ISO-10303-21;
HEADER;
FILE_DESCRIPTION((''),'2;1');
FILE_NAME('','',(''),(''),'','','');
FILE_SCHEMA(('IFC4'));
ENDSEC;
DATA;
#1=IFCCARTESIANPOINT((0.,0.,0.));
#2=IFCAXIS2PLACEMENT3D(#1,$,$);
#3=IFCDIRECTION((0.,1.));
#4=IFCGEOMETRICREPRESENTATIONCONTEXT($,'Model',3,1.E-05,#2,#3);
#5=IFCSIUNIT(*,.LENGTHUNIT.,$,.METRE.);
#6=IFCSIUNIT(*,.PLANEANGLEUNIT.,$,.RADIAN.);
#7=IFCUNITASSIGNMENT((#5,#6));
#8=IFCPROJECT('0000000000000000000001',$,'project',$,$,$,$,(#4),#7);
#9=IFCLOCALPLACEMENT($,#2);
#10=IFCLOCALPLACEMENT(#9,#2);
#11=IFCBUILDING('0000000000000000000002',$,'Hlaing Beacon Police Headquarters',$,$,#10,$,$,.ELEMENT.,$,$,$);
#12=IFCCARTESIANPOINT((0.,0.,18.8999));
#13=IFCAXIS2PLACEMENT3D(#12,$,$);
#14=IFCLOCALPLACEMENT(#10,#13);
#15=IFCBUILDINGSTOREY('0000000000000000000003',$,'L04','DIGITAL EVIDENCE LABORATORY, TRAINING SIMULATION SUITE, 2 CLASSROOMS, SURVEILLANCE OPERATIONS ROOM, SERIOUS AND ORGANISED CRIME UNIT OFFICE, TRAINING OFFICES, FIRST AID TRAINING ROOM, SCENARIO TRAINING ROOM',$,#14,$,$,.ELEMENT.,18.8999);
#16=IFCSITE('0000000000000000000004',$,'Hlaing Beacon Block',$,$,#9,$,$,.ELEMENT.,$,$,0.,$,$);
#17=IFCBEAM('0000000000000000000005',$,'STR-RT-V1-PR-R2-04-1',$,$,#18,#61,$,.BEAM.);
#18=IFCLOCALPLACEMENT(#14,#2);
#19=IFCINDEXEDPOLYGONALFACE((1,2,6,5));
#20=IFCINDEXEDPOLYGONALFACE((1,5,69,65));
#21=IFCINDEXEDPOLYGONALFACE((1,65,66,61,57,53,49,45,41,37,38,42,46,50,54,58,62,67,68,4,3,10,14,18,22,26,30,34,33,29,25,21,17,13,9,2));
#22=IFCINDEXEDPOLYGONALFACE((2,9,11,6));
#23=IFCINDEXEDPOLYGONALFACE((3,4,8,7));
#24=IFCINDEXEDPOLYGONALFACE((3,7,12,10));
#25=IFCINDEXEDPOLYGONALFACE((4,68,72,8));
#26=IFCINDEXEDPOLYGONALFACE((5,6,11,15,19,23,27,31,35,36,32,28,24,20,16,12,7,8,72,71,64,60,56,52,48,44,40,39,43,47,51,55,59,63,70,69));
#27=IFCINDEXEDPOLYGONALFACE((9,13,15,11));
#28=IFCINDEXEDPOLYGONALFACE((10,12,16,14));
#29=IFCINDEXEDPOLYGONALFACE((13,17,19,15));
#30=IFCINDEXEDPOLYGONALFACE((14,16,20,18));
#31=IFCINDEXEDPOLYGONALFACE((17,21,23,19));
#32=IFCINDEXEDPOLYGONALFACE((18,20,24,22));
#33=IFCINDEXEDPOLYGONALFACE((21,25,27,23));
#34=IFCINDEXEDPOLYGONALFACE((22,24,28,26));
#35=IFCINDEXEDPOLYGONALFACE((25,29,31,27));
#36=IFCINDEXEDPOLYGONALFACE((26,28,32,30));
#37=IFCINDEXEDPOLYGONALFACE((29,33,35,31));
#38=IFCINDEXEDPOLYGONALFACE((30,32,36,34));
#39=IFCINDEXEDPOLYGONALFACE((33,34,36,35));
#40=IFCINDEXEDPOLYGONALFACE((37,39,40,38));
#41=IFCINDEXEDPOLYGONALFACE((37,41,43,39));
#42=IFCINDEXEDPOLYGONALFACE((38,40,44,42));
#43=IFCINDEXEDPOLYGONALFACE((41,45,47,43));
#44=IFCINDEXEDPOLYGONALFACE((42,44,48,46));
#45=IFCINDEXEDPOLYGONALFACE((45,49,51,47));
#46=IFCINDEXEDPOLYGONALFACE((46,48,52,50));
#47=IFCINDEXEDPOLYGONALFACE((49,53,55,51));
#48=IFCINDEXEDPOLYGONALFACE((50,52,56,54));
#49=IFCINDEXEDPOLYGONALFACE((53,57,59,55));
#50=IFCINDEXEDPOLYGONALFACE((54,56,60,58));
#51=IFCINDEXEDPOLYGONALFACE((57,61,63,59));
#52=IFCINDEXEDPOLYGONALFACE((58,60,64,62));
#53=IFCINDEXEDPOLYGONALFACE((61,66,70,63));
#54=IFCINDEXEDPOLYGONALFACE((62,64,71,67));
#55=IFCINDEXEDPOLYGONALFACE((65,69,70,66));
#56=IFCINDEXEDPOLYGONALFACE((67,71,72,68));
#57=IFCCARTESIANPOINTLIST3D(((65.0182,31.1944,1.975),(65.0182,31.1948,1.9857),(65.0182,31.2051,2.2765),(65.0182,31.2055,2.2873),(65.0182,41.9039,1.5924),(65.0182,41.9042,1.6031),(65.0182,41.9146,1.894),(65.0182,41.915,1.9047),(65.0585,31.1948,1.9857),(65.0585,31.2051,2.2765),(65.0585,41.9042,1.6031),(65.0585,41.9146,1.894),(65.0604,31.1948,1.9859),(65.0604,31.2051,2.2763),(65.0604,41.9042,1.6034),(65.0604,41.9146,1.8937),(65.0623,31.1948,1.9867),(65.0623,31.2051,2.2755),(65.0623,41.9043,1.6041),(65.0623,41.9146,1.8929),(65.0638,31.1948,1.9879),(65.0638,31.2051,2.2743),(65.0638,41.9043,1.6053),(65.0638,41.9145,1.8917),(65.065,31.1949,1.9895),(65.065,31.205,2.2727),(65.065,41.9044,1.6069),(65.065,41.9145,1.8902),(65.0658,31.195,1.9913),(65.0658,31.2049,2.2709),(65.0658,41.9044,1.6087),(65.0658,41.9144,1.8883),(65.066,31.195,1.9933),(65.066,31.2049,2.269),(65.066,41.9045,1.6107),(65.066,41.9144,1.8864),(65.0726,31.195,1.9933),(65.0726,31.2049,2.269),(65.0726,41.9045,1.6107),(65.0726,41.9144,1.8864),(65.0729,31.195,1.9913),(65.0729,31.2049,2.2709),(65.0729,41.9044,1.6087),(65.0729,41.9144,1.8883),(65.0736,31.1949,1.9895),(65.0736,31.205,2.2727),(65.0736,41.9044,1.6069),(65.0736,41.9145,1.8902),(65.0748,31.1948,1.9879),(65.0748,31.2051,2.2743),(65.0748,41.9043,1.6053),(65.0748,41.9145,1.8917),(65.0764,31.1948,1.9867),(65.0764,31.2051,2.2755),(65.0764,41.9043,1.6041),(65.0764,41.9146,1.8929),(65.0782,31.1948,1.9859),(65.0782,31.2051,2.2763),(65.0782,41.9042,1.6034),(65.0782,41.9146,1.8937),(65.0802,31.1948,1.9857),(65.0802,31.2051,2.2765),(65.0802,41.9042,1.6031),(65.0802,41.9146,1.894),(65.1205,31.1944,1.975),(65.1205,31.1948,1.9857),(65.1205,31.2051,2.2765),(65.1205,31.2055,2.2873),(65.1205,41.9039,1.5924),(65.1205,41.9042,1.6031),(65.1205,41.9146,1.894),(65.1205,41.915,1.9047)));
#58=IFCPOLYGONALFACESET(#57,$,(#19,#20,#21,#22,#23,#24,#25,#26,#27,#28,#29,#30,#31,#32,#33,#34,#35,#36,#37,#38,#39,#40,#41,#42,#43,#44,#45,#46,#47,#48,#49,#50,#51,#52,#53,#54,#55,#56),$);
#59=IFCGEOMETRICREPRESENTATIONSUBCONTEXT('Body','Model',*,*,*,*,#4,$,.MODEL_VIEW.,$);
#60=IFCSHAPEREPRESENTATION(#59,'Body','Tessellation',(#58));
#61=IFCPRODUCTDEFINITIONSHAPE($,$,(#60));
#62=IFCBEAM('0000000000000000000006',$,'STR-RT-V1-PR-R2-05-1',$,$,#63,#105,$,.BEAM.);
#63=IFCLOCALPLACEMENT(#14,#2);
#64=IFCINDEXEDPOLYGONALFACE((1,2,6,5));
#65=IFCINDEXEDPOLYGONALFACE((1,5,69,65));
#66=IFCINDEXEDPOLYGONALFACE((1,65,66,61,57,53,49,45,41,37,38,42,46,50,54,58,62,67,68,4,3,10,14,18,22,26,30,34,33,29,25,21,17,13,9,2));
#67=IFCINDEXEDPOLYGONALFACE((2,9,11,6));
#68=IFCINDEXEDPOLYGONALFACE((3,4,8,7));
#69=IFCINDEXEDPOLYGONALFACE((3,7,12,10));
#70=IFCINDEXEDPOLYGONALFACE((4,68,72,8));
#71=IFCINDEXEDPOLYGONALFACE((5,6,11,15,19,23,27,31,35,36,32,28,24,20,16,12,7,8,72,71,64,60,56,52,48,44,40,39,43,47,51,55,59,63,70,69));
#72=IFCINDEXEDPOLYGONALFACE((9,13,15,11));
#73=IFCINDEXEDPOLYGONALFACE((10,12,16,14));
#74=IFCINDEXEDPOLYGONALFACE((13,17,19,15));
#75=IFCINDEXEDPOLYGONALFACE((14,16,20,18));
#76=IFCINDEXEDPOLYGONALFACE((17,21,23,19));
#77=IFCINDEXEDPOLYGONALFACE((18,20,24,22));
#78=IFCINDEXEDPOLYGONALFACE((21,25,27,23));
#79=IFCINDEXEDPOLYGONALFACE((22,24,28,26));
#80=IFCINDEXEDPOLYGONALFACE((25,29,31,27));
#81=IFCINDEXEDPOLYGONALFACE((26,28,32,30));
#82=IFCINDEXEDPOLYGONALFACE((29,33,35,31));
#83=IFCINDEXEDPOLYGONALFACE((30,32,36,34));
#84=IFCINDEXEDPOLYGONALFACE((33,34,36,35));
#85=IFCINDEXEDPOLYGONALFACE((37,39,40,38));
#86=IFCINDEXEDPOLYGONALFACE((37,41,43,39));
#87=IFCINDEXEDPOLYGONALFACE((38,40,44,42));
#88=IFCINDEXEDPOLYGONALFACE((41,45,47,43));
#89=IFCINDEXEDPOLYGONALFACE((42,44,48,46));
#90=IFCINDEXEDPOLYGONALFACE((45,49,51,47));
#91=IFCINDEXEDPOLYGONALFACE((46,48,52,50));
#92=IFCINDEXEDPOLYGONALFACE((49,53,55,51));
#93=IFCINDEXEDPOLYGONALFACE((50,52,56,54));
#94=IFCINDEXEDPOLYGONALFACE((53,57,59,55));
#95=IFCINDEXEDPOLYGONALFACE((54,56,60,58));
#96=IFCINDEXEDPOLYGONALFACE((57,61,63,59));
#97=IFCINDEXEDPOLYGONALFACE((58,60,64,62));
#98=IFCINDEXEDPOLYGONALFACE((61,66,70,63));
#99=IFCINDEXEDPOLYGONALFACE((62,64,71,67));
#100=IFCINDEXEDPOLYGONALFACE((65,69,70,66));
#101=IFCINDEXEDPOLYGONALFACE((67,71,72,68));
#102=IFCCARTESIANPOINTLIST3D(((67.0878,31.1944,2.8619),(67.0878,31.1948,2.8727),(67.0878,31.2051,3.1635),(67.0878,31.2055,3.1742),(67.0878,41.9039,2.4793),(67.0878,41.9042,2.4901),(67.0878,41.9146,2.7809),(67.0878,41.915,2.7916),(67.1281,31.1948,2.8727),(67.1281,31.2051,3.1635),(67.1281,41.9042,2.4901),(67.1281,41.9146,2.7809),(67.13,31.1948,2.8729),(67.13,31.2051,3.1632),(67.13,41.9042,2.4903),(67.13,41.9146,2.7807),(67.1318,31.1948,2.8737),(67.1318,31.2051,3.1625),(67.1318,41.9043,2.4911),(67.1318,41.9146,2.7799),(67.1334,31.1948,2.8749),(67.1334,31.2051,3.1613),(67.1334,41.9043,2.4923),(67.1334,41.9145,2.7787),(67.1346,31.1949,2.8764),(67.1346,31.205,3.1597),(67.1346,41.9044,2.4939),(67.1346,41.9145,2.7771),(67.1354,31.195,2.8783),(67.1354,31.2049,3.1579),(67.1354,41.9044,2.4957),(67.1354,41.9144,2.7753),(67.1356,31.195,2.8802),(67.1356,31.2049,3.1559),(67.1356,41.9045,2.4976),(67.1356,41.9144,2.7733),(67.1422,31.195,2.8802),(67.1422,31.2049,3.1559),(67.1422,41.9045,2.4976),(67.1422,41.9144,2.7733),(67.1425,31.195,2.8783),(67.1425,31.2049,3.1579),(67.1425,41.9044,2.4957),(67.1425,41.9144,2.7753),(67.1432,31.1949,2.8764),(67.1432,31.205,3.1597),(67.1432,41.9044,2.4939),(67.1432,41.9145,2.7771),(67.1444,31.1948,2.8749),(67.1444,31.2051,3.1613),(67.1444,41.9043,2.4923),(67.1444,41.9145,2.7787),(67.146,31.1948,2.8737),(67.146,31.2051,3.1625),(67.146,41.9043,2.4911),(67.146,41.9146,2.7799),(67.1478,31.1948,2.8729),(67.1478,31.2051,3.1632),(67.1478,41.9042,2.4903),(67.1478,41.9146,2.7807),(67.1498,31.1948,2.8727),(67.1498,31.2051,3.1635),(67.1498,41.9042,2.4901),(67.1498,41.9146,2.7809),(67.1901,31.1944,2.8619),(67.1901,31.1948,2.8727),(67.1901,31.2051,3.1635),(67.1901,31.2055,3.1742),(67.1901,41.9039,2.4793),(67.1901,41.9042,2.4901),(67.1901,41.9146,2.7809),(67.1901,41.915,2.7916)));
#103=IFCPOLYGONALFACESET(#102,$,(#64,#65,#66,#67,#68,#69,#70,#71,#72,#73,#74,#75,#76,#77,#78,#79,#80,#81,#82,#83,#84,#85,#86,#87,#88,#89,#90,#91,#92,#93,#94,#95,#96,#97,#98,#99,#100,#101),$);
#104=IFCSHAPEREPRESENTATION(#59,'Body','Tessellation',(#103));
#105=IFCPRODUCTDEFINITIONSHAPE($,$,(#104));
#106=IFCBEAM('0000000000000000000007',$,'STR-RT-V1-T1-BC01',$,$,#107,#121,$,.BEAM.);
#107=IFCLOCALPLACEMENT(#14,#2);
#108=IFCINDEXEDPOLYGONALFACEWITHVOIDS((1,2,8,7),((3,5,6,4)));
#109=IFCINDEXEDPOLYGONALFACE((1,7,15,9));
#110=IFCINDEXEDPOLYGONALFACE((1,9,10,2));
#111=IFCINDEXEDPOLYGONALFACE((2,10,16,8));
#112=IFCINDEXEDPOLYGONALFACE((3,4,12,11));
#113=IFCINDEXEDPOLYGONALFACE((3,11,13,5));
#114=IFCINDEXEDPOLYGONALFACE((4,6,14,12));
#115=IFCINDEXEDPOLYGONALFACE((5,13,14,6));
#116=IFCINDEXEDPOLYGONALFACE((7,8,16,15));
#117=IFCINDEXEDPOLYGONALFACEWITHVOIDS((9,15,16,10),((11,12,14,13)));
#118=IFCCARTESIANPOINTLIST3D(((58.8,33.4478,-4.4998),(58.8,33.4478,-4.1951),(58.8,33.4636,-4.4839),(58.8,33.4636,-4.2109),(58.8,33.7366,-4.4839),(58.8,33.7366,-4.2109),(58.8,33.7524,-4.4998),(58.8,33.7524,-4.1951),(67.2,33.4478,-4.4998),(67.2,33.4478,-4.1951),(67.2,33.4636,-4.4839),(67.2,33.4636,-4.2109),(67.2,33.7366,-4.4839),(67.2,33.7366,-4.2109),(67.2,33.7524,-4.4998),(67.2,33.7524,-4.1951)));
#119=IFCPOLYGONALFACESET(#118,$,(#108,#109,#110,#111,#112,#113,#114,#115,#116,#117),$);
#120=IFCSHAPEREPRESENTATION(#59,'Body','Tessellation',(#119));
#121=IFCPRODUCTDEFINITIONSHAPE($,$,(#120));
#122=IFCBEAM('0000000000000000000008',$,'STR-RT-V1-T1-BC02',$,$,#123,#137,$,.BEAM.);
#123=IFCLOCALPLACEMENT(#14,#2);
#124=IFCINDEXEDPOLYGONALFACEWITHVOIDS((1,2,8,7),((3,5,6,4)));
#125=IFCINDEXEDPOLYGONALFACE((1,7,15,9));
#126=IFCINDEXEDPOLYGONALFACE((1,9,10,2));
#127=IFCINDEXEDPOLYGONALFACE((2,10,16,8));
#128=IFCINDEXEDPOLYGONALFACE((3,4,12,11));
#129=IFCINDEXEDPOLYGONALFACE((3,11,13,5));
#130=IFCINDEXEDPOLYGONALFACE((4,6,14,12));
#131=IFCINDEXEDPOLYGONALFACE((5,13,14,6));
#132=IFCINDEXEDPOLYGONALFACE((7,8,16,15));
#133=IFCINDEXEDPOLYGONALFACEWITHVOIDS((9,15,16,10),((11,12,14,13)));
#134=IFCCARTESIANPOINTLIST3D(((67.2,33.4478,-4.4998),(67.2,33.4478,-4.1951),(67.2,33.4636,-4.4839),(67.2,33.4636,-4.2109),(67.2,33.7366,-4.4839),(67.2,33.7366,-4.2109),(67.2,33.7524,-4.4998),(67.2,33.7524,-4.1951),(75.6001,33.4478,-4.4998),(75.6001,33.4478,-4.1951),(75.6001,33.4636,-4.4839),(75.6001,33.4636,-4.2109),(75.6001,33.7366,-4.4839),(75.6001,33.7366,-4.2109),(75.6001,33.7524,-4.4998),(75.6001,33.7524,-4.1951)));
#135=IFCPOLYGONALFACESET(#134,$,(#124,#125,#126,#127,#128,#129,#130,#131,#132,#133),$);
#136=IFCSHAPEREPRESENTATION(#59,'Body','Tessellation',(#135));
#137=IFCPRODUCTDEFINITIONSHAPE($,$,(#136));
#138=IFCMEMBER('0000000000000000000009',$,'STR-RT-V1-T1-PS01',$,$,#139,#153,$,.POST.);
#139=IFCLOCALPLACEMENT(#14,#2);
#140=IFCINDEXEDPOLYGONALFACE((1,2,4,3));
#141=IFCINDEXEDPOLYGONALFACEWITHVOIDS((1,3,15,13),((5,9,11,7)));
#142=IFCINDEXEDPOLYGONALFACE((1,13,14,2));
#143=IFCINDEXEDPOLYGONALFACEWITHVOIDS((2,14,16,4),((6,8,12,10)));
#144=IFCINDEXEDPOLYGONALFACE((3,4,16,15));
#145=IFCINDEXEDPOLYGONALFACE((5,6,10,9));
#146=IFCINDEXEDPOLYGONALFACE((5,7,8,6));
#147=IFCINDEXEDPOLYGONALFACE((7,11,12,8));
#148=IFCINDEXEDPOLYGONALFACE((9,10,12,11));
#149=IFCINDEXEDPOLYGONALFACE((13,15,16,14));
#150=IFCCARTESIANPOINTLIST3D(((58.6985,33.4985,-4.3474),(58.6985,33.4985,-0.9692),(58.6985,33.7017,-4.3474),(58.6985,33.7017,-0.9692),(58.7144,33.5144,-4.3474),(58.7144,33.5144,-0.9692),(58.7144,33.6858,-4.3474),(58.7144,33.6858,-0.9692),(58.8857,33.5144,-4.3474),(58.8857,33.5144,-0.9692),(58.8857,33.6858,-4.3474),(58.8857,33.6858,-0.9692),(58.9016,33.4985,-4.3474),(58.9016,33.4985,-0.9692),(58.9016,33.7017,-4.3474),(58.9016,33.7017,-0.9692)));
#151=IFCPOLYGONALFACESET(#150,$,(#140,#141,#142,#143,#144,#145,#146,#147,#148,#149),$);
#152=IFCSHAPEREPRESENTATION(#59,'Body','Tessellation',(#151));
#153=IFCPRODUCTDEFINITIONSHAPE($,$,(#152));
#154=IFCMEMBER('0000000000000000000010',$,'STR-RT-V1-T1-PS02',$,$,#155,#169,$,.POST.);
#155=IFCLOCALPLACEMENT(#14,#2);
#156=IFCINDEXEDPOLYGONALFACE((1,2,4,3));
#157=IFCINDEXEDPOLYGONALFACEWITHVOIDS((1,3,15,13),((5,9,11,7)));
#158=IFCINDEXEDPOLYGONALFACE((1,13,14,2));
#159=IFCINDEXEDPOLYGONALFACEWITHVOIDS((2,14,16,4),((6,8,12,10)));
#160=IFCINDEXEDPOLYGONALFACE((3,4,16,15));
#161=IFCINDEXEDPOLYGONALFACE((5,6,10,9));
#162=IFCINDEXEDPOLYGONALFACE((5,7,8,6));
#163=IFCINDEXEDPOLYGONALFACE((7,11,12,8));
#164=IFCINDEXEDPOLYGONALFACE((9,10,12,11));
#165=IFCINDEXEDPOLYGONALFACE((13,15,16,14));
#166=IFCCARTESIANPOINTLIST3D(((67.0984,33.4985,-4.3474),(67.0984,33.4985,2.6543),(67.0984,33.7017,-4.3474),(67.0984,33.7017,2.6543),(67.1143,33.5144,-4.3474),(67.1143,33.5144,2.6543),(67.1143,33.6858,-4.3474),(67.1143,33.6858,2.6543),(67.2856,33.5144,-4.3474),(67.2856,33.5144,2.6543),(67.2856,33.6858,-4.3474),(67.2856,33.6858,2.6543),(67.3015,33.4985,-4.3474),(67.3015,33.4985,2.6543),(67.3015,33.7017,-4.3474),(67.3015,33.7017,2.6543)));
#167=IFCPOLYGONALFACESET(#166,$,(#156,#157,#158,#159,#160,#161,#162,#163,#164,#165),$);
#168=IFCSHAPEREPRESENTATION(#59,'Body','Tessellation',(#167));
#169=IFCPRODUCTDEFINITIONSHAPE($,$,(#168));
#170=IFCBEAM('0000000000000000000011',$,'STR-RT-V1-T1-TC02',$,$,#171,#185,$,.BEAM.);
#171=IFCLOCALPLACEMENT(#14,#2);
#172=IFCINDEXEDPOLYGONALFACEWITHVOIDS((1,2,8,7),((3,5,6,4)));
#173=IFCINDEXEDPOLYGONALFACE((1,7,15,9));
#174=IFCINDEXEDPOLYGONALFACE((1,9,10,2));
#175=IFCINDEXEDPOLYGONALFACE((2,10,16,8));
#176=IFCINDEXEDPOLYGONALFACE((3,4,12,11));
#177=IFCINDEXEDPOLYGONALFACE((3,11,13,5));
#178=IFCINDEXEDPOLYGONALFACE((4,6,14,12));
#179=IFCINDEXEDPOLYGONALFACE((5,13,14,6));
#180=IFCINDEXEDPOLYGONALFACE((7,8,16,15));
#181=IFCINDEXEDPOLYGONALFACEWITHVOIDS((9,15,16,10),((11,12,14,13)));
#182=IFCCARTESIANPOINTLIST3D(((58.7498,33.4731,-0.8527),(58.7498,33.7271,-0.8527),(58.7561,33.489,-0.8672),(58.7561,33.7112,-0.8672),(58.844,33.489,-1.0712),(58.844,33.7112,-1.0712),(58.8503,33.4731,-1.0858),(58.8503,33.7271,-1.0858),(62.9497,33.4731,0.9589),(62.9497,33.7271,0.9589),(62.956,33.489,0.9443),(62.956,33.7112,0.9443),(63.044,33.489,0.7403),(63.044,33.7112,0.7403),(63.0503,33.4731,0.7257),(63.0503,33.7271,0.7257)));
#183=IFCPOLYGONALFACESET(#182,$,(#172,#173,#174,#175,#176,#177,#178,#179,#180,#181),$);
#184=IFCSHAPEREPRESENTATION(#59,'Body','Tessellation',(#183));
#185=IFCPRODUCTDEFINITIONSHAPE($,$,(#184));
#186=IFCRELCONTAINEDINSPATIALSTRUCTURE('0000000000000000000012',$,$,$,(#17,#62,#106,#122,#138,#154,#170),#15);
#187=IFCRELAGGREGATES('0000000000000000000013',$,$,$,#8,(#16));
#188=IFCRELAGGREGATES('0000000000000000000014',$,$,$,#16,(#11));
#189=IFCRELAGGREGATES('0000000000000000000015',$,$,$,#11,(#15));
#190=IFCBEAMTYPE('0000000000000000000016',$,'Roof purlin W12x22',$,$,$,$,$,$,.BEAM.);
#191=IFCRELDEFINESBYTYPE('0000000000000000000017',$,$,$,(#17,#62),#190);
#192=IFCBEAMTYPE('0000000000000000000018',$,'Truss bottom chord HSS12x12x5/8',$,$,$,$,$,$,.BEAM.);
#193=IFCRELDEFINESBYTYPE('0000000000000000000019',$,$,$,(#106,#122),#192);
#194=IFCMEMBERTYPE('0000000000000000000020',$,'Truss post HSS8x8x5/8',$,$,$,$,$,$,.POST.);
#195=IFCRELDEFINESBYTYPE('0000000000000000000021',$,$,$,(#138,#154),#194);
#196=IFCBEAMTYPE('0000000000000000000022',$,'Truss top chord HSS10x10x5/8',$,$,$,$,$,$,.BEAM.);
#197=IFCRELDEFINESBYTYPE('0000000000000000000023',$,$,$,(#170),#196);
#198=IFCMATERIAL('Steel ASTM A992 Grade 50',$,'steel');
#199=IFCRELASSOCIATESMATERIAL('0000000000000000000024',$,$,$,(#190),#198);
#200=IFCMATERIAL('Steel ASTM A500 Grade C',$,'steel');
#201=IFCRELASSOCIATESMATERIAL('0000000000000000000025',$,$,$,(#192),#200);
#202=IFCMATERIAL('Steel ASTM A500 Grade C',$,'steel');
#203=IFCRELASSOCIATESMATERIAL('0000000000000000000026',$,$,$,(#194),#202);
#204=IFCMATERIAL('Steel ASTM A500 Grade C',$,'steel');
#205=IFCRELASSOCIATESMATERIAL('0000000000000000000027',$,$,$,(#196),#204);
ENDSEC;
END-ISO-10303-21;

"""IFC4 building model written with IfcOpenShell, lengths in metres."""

from ifc_helpers import new_model, si_unit, direction, frame, origin, origin_2d, place, context, subcontext, project, spatial, hollow_rectangle, i_section, extrude, material, material_profile, profile_set, type_object, element, save


model = new_model("IFC4")

# Units and contexts
model_context = context("Model", 3, precision=1e-05, world=origin(), true_north=direction((0.0, 1.0)))
body_context = subcontext(model_context, "Body", "Model", "MODEL_VIEW")
ifc_project = project(units=[si_unit("LENGTHUNIT", "METRE"), si_unit("PLANEANGLEUNIT", "RADIAN")], contexts=[model_context])

# Site, building, storey
site_placement = place(None, origin())
site = spatial("IfcSite", under=ifc_project, at=site_placement, Name="Hlaing Beacon Block", CompositionType="ELEMENT", RefElevation=0.0)
building_placement = place(site_placement, origin())
building = spatial("IfcBuilding", under=site, at=building_placement, Name="Hlaing Beacon Police Headquarters", CompositionType="ELEMENT")
storey_placement = place(building_placement, frame((0.0, 0.0, 18.8999)))
storey = spatial("IfcBuildingStorey", under=building, at=storey_placement, Name="L04", Description="DIGITAL EVIDENCE LABORATORY, TRAINING SIMULATION SUITE, 2 CLASSROOMS, SURVEILLANCE OPERATIONS ROOM, SERIOUS AND ORGANISED CRIME UNIT OFFICE, TRAINING OFFICES, FIRST AID TRAINING ROOM, SCENARIO TRAINING ROOM", CompositionType="ELEMENT", Elevation=18.8999)

# Beams
ifc_material_1 = material(Name="Steel ASTM A992 Grade 50", Category="steel")
ifc_material_profile_1 = material_profile(ifc_material_1, i_section(OverallWidth=0.1023, OverallDepth=0.3125, WebThickness=0.0066, FlangeThickness=0.0107, FilletRadius=0.0076, at=origin_2d()), Name="W12x22")
ifc_profile_set_1 = profile_set([ifc_material_profile_1], Name="Steel ASTM A992 Grade 50")
beam_type_1 = type_object("IfcBeamType", Name="Roof purlin W12x22", PredefinedType="BEAM", material=ifc_profile_set_1)
for number, where, z_axis, x_axis, name in (
    (1, (65.0693, 31.2, 2.1311), (0.0, 0.999363, -0.0357), (-1.0, 0.0, 0.0), "STR-RT-V1-PR-R2-04-1"),
    (2, (67.1389, 31.2, 3.0181), (0.0, 0.999363, -0.0357), (-1.0, 0.0, 0.0), "STR-RT-V1-PR-R2-05-1"),
):
    element("IfcBeam", number, at=place(storey_placement, frame(where, z_axis=z_axis, x_axis=x_axis)), inside=storey, type_object=beam_type_1, Name=name, PredefinedType="BEAM", context=body_context, shape_type="SweptSolid", body=[
        extrude(i_section(OverallWidth=0.1023, OverallDepth=0.3125, WebThickness=0.0066, FlangeThickness=0.0107, FilletRadius=0.0076, at=origin_2d()), origin(), (0.0, 0.0, 1.0), 10.7163),
    ])
ifc_material_2 = material(Name="Steel ASTM A500 Grade C", Category="steel")
ifc_material_profile_2 = material_profile(ifc_material_2, hollow_rectangle(XDim=0.3047, YDim=0.3047, WallThickness=0.0159, at=origin_2d()), Name="HSS12x12x5/8")
ifc_profile_set_2 = profile_set([ifc_material_profile_2], Name="Steel ASTM A500 Grade C")
beam_type_2 = type_object("IfcBeamType", Name="Truss bottom chord HSS12x12x5/8", PredefinedType="BEAM", material=ifc_profile_set_2)
beam_1_placement = place(storey_placement, frame((58.8, 33.6001, -4.3474), z_axis=(1.0, 0.0, 0.0), x_axis=(0.0, 1.0, 0.0)))
element("IfcBeam", 3, at=beam_1_placement, inside=storey, type_object=beam_type_2, Name="STR-RT-V1-T1-BC01", PredefinedType="BEAM", context=body_context, shape_type="SweptSolid", body=[
    extrude(hollow_rectangle(XDim=0.3047, YDim=0.3047, WallThickness=0.0159, at=origin_2d()), origin(), (0.0, 0.0, 1.0), 8.3999),
])
beam_2_placement = place(storey_placement, frame((67.2, 33.6001, -4.3474), z_axis=(1.0, 0.0, 0.0), x_axis=(0.0, 1.0, 0.0)))
element("IfcBeam", 4, at=beam_2_placement, inside=storey, type_object=beam_type_2, Name="STR-RT-V1-T1-BC02", PredefinedType="BEAM", context=body_context, shape_type="SweptSolid", body=[
    extrude(hollow_rectangle(XDim=0.3047, YDim=0.3047, WallThickness=0.0159, at=origin_2d()), origin(), (0.0, 0.0, 1.0), 8.4001),
])

# Members
ifc_material_3 = material(Name="Steel ASTM A500 Grade C", Category="steel")
ifc_material_profile_3 = material_profile(ifc_material_3, hollow_rectangle(XDim=0.2031, YDim=0.2031, WallThickness=0.0159, at=origin_2d()), Name="HSS8x8x5/8")
ifc_profile_set_3 = profile_set([ifc_material_profile_3], Name="Steel ASTM A500 Grade C")
member_type_1 = type_object("IfcMemberType", Name="Truss post HSS8x8x5/8", PredefinedType="POST", material=ifc_profile_set_3)
member_1_placement = place(storey_placement, frame((58.8, 33.6001, -4.3474), z_axis=(0.0, 0.0, 1.0), x_axis=(1.0, 0.0, 0.0)))
element("IfcMember", 5, at=member_1_placement, inside=storey, type_object=member_type_1, Name="STR-RT-V1-T1-PS01", PredefinedType="POST", context=body_context, shape_type="SweptSolid", body=[
    extrude(hollow_rectangle(XDim=0.2031, YDim=0.2031, WallThickness=0.0159, at=origin_2d()), origin(), (0.0, 0.0, 1.0), 3.3782),
])
member_2_placement = place(storey_placement, frame((67.2, 33.6001, -4.3474), z_axis=(0.0, 0.0, 1.0), x_axis=(1.0, 0.0, 0.0)))
element("IfcMember", 6, at=member_2_placement, inside=storey, type_object=member_type_1, Name="STR-RT-V1-T1-PS02", PredefinedType="POST", context=body_context, shape_type="SweptSolid", body=[
    extrude(hollow_rectangle(XDim=0.2031, YDim=0.2031, WallThickness=0.0159, at=origin_2d()), origin(), (0.0, 0.0, 1.0), 7.0017),
])

# Beam
ifc_material_4 = material(Name="Steel ASTM A500 Grade C", Category="steel")
ifc_material_profile_4 = material_profile(ifc_material_4, hollow_rectangle(XDim=0.2539, YDim=0.2539, WallThickness=0.0159, at=origin_2d()), Name="HSS10x10x5/8")
ifc_profile_set_4 = profile_set([ifc_material_profile_4], Name="Steel ASTM A500 Grade C")
beam_type_3 = type_object("IfcBeamType", Name="Truss top chord HSS10x10x5/8", PredefinedType="BEAM", material=ifc_profile_set_4)
beam_3_placement = place(storey_placement, frame((58.8, 33.6001, -0.9692), z_axis=(0.918229, 0.0, 0.396051), x_axis=(0.0, 1.0, 0.0)))
element("IfcBeam", 7, at=beam_3_placement, inside=storey, type_object=beam_type_3, Name="STR-RT-V1-T1-TC02", PredefinedType="BEAM", context=body_context, shape_type="SweptSolid", body=[
    extrude(hollow_rectangle(XDim=0.2539, YDim=0.2539, WallThickness=0.0159, at=origin_2d()), origin(), (0.0, 0.0, 1.0), 4.574),
])

save(model, "model.ifc")
